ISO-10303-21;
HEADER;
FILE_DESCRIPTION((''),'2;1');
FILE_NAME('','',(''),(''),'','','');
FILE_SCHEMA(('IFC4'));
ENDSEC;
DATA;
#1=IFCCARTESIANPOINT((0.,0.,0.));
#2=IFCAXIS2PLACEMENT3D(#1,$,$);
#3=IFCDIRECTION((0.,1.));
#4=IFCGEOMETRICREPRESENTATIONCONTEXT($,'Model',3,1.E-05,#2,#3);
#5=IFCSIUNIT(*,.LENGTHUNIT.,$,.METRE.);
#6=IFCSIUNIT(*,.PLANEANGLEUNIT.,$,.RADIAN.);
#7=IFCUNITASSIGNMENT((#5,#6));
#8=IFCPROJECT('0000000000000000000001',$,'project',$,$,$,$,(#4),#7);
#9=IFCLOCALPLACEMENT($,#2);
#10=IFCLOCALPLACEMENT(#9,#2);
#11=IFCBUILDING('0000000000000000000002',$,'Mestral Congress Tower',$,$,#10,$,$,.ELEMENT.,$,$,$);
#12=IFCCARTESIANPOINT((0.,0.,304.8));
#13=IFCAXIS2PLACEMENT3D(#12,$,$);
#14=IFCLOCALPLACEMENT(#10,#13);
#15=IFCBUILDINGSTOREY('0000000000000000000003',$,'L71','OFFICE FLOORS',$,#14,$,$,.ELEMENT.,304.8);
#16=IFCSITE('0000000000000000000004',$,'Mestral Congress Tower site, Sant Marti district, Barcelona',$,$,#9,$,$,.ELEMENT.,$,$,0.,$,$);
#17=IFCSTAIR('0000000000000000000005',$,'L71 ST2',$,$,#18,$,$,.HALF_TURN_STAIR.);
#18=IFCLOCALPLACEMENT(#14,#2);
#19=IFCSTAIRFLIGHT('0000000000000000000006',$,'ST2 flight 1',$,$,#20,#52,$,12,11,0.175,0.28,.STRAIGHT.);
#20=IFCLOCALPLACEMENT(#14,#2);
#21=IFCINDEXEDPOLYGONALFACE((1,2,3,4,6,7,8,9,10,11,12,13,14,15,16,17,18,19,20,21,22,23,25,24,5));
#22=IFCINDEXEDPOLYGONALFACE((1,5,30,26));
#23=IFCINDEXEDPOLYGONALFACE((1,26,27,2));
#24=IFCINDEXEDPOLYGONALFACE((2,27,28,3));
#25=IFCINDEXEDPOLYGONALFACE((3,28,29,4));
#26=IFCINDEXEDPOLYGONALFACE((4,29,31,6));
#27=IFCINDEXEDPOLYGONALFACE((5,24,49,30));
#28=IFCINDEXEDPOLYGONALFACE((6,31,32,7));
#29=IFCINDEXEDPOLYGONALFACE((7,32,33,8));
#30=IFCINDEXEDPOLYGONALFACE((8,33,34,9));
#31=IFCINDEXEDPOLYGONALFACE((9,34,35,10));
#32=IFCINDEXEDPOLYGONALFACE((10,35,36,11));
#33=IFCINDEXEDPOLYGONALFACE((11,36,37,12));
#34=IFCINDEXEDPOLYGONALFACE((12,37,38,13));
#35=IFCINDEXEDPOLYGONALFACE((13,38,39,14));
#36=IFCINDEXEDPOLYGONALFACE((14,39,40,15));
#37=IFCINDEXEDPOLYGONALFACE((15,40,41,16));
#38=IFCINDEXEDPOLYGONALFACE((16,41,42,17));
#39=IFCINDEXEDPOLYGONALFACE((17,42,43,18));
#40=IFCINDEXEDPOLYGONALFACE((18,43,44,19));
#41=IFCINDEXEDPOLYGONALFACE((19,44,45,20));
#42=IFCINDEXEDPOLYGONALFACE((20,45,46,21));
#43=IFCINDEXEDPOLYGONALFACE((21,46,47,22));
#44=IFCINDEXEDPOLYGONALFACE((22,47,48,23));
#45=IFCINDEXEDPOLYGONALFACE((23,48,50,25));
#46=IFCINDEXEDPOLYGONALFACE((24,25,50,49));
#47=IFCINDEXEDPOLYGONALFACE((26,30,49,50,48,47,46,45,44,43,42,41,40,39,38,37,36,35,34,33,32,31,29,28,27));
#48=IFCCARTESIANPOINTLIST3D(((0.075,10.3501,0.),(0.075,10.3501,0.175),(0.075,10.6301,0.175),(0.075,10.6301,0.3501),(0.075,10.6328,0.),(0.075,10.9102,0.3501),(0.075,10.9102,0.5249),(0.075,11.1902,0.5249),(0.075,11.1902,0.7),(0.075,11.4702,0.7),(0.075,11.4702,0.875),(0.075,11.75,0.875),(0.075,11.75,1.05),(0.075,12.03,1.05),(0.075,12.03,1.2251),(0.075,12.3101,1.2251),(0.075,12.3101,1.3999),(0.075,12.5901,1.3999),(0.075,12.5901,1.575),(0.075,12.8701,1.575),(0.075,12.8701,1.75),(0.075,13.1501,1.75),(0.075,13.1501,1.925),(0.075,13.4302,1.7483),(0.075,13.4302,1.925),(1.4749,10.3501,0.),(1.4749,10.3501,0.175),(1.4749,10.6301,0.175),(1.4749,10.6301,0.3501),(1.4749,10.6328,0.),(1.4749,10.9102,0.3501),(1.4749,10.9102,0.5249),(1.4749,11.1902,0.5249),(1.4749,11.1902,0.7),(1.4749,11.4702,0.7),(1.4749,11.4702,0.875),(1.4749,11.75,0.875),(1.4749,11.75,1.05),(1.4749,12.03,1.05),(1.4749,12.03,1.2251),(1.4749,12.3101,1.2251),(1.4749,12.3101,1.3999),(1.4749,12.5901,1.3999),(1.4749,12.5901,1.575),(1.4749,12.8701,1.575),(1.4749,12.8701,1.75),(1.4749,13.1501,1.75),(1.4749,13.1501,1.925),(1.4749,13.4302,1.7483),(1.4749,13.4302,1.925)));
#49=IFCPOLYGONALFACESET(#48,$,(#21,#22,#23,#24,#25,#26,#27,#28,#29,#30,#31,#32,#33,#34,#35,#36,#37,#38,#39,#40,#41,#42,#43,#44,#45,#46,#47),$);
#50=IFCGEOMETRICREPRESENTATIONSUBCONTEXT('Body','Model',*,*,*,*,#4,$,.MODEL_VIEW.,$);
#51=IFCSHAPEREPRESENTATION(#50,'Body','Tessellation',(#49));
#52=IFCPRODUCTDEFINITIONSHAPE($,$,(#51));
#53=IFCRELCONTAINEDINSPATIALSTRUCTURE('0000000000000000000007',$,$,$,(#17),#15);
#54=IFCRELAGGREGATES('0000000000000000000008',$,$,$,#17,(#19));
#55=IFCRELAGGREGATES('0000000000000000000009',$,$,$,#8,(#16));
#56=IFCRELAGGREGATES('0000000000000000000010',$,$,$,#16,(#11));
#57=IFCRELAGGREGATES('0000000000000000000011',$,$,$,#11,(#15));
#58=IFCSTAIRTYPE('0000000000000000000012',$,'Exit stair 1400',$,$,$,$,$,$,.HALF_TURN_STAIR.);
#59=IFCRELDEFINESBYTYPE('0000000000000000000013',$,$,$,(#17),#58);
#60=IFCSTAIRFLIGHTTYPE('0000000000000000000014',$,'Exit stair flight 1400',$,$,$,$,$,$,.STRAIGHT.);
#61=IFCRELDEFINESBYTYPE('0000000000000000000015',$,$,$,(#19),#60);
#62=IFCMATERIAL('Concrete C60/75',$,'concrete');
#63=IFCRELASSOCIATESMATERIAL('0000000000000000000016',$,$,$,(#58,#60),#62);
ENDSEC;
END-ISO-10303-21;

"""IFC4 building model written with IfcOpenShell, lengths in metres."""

from ifc_helpers import new_model, si_unit, direction, frame, origin, place, context, subcontext, project, spatial, polyline, outline, extrude, material, type_object, element, aggregate, save


model = new_model("IFC4")

# Units and contexts
model_context = context("Model", 3, precision=1e-05, world=origin(), true_north=direction((0.0, 1.0)))
body_context = subcontext(model_context, "Body", "Model", "MODEL_VIEW")
ifc_project = project(units=[si_unit("LENGTHUNIT", "METRE"), si_unit("PLANEANGLEUNIT", "RADIAN")], contexts=[model_context])

# Site, building, storey
site_placement = place(None, origin())
site = spatial("IfcSite", under=ifc_project, at=site_placement, Name="Mestral Congress Tower site, Sant Marti district, Barcelona", CompositionType="ELEMENT", RefElevation=0.0)
building_placement = place(site_placement, origin())
building = spatial("IfcBuilding", under=site, at=building_placement, Name="Mestral Congress Tower", CompositionType="ELEMENT")
storey_placement = place(building_placement, frame((0.0, 0.0, 304.8)))
storey = spatial("IfcBuildingStorey", under=building, at=storey_placement, Name="L71", Description="OFFICE FLOORS", CompositionType="ELEMENT", Elevation=304.8)

# Shared definitions
ifc_material_1 = material(Name="Concrete C60/75", Category="concrete")

# Stair, stair flight
stair_type = type_object("IfcStairType", Name="Exit stair 1400", PredefinedType="HALF_TURN_STAIR", material=ifc_material_1)
stair_placement = place(storey_placement, origin())
stair = element("IfcStair", 1, at=stair_placement, inside=storey, type_object=stair_type, Name="L71 ST2", PredefinedType="HALF_TURN_STAIR")
stair_flight_type = type_object("IfcStairFlightType", Name="Exit stair flight 1400", PredefinedType="STRAIGHT", material=ifc_material_1)
stair_flight_placement = place(storey_placement, frame((0.7749, 10.3501, 0.0), z_axis=(0.0, 0.0, 1.0), x_axis=(0.0, 1.0, 0.0)))
stair_flight = element("IfcStairFlight", 2, at=stair_flight_placement, type_object=stair_flight_type, Name="ST2 flight 1", NumberOfRisers=12, NumberOfTreads=11, PredefinedType="STRAIGHT", RiserHeight=0.175, TreadLength=0.28, context=body_context, shape_type="SweptSolid", body=[
    extrude(outline(polyline([(0.0, 0.0), (0.0, 0.175), (0.28, 0.175), (0.28, 0.3501), (0.5601, 0.3501), (0.5601, 0.5249), (0.8401, 0.5249), (0.8401, 0.7), (1.1201, 0.7), (1.1201, 0.875), (1.3999, 0.875), (1.3999, 1.05), (1.6799, 1.05), (1.6799, 1.2251), (1.96, 1.2251), (1.96, 1.3999), (2.24, 1.3999), (2.24, 1.575), (2.52, 1.575), (2.52, 1.75), (2.8, 1.75), (2.8, 1.925), (3.0801, 1.925), (3.0801, 2.1001), (3.0801, 1.7483), (0.2827, 0.0), (0.0, 0.0)])), frame((0.0, 0.7, 0.0), z_axis=(0.0, -1.0, 0.0), x_axis=(1.0, 0.0, 0.0)), (0.0, 0.0, 1.0), 1.3999),
])
aggregate(stair, [stair_flight])

save(model, "model.ifc")
